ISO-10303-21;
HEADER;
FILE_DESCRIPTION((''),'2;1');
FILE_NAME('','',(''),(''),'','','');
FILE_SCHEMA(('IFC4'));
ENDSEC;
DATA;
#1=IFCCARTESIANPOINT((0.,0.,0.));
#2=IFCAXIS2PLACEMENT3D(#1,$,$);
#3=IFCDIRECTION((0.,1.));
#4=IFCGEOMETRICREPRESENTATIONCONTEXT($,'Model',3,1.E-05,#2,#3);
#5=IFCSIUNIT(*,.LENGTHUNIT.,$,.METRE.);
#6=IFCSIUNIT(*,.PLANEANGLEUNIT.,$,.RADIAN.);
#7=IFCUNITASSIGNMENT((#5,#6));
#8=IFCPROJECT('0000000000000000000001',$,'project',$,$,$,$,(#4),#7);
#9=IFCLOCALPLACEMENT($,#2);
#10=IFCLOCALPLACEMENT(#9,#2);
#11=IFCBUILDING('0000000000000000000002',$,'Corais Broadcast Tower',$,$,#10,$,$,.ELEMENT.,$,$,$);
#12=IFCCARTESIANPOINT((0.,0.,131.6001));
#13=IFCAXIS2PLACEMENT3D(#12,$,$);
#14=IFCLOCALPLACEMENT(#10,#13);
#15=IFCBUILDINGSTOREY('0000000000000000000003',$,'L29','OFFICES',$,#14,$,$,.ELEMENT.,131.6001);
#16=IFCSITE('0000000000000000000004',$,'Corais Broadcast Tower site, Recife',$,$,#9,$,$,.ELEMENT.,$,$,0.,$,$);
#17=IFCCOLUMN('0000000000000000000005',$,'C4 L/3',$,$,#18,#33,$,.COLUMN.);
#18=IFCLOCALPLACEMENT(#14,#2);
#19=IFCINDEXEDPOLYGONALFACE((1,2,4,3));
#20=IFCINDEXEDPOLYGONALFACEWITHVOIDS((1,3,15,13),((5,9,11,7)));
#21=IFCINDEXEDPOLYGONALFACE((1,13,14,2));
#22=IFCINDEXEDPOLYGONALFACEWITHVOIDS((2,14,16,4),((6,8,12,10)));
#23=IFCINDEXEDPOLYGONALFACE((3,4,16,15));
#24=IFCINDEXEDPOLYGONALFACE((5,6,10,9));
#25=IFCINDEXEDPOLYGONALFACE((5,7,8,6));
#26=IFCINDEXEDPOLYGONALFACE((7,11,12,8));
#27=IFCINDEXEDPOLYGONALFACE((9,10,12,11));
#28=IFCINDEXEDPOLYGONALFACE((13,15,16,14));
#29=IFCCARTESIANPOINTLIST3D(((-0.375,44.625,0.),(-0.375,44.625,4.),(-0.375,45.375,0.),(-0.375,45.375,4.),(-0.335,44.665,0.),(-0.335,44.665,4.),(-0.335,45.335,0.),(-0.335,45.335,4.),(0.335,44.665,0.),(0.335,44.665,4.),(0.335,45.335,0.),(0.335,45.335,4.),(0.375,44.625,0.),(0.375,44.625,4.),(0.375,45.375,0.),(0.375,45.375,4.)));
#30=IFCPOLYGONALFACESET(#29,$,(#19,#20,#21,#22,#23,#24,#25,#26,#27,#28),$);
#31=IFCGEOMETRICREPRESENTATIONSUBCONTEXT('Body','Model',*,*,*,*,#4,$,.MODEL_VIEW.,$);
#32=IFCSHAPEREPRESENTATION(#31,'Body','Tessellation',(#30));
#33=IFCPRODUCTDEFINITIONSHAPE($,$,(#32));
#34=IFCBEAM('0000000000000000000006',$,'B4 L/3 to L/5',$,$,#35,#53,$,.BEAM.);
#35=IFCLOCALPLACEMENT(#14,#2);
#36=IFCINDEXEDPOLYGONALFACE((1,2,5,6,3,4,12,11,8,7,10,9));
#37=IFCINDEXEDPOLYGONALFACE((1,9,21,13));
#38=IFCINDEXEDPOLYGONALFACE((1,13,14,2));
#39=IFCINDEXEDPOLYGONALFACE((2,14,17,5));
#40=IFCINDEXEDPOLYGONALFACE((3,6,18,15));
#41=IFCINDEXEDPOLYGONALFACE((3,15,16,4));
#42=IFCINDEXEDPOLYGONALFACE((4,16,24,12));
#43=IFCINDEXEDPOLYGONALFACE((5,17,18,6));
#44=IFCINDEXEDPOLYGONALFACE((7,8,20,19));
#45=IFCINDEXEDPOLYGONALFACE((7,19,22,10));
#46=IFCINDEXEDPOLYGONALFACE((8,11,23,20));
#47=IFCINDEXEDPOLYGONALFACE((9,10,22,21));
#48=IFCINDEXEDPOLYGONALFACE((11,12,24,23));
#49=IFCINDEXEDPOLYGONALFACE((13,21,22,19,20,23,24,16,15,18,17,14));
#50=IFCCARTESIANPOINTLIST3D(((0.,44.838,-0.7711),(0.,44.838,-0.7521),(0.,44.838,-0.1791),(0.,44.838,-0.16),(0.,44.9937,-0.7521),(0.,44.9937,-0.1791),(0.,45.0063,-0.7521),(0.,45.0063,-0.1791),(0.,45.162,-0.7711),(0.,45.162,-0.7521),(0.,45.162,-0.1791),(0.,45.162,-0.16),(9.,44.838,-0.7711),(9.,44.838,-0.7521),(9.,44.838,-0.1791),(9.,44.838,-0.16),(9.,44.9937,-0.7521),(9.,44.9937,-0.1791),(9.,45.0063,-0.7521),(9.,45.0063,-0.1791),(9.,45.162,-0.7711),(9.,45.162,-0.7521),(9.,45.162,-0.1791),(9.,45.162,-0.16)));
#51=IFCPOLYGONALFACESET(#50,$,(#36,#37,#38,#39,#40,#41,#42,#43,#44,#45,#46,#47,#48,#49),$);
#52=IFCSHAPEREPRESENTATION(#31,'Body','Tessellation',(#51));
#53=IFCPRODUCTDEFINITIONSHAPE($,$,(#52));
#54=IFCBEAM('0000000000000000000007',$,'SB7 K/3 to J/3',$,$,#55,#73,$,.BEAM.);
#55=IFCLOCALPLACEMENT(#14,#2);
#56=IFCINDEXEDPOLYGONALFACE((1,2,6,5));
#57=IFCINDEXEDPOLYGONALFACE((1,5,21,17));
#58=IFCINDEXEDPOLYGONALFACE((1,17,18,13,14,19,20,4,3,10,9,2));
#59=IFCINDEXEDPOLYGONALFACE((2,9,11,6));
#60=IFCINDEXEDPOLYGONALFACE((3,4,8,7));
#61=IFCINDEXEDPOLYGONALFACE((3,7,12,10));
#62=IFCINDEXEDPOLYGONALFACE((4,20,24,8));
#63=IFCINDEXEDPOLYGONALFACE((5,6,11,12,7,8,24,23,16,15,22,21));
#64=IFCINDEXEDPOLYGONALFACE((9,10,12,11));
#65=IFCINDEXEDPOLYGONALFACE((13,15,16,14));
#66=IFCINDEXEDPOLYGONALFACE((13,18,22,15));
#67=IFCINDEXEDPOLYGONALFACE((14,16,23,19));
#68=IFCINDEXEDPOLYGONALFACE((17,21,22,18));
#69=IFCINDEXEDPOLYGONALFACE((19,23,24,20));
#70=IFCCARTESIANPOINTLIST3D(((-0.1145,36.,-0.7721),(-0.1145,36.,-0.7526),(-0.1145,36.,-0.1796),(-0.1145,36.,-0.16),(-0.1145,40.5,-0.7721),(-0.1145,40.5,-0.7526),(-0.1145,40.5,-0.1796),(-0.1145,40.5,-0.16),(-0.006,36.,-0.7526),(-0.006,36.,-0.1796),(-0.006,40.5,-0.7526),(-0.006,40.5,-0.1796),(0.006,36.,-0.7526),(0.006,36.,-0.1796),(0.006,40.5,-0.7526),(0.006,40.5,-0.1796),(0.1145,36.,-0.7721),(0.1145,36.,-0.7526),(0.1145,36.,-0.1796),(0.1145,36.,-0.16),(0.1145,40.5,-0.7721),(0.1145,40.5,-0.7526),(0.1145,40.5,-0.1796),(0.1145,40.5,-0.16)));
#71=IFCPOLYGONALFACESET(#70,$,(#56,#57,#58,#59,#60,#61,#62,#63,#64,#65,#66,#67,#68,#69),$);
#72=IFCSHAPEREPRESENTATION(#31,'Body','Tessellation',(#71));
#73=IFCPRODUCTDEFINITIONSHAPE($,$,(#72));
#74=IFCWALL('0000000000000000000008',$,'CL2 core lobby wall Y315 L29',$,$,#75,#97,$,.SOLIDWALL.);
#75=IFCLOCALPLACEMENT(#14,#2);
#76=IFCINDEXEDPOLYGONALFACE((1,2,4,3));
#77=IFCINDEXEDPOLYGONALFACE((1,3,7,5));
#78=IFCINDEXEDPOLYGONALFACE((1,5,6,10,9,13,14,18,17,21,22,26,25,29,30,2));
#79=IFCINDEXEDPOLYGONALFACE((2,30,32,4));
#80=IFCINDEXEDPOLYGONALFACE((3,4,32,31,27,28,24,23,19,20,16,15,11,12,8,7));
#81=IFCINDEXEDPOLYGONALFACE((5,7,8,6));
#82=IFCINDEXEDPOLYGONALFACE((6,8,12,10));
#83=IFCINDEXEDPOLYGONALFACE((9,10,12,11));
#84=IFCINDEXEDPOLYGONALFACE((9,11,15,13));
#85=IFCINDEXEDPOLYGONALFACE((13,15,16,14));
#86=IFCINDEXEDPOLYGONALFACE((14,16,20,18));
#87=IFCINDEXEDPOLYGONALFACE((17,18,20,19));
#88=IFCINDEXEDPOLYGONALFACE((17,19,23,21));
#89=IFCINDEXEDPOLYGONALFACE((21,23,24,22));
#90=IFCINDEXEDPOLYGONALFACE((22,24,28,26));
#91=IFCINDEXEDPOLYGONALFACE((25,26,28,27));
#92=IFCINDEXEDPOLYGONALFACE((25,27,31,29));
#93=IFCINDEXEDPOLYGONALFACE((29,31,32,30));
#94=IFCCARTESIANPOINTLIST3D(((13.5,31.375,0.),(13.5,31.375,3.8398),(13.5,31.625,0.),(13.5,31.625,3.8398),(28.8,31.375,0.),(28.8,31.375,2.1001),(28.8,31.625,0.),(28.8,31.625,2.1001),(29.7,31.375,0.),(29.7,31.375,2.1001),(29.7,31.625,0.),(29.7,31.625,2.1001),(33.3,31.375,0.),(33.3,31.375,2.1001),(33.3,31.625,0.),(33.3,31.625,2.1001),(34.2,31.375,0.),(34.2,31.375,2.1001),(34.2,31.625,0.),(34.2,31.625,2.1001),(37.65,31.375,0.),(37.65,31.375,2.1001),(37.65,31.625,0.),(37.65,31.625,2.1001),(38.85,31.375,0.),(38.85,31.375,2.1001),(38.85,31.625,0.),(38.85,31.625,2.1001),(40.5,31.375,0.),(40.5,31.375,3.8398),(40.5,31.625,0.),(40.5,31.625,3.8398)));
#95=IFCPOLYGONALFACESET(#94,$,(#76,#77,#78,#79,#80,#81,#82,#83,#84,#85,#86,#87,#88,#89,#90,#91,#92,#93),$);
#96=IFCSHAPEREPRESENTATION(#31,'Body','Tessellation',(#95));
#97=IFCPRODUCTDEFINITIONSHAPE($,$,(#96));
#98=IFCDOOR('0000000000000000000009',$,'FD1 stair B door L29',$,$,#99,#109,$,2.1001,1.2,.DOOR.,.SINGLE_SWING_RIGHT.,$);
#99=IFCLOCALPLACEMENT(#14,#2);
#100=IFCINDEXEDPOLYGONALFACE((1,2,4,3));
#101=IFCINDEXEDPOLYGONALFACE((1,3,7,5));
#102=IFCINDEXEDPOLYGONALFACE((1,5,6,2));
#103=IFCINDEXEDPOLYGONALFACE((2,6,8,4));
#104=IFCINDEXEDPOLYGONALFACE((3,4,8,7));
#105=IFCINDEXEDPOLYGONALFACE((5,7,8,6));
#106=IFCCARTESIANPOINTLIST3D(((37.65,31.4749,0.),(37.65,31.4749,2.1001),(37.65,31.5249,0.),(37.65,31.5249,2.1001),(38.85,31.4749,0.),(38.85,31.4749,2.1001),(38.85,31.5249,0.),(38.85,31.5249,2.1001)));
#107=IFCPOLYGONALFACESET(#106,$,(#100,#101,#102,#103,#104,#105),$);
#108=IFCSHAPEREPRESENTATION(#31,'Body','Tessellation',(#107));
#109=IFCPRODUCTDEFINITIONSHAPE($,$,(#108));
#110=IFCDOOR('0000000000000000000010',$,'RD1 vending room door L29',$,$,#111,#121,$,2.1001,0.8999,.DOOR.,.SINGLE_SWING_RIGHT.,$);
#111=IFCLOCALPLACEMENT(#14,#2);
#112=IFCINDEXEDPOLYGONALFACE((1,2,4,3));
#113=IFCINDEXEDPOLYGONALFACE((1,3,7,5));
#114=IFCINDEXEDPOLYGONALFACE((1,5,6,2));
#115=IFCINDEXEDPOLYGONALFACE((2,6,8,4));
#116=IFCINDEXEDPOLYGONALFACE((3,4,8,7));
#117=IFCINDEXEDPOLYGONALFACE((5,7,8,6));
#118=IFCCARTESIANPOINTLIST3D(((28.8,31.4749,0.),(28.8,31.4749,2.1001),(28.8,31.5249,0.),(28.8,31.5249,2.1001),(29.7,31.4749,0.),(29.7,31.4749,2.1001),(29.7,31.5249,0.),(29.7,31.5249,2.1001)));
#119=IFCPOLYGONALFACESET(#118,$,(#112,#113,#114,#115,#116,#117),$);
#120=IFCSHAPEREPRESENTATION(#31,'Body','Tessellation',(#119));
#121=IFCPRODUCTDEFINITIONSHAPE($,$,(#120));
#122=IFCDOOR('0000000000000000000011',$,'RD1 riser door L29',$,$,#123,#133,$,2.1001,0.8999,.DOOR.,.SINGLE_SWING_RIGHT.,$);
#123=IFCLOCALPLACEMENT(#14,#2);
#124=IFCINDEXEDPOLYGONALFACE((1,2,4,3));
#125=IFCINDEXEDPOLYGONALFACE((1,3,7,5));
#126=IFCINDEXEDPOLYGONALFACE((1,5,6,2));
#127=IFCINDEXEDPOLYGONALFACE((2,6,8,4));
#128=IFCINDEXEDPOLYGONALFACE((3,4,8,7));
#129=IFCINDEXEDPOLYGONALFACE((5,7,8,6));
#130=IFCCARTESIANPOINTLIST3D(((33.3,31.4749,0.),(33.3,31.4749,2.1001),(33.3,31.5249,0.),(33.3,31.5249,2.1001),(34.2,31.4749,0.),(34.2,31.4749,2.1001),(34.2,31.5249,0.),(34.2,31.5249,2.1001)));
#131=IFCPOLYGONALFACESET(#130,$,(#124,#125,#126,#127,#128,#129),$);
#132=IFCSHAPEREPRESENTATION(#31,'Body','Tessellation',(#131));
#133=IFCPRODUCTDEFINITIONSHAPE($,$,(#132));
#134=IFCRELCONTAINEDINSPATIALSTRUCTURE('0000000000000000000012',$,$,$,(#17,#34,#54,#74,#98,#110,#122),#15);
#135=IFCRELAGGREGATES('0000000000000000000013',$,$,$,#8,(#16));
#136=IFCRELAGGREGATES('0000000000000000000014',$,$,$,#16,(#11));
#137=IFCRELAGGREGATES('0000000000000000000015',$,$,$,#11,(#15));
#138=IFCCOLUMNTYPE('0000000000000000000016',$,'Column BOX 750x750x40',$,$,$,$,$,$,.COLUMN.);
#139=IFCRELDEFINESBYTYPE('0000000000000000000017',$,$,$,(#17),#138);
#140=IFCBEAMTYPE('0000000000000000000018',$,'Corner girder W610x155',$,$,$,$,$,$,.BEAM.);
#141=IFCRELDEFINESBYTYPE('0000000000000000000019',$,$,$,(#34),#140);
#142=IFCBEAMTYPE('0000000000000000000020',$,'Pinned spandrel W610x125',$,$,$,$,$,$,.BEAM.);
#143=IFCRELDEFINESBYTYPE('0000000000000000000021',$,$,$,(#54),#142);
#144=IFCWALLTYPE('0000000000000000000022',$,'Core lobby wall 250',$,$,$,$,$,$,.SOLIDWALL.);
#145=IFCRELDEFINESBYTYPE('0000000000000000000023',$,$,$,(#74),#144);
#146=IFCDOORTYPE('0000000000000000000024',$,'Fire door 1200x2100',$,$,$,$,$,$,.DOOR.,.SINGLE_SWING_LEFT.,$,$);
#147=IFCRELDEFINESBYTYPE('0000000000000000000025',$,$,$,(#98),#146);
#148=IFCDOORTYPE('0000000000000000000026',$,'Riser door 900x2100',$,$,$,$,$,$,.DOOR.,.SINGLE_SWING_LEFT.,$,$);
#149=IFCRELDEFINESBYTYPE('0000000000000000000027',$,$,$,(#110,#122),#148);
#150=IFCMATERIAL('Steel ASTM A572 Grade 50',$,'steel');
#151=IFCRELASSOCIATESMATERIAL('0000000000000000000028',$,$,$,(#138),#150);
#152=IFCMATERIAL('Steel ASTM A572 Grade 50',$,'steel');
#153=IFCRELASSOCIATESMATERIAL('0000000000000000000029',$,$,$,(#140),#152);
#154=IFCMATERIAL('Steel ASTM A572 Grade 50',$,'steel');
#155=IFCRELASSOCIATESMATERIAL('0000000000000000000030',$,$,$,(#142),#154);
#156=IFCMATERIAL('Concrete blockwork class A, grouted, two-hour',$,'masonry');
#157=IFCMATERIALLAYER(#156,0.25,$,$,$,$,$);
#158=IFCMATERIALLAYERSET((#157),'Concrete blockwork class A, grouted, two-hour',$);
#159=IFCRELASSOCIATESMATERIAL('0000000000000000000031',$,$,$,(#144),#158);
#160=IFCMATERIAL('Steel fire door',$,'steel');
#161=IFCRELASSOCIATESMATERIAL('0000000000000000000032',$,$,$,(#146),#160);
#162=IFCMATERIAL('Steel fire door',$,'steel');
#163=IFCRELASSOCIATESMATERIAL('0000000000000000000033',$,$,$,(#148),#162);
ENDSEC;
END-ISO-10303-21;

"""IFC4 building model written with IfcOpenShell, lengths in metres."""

from ifc_helpers import new_model, si_unit, direction, frame, frame_2d, origin, origin_2d, place, context, subcontext, project, spatial, rectangle, hollow_rectangle, i_section, extrude, material, layer, layer_set, material_profile, profile_set, type_object, element, fill, save


model = new_model("IFC4")

# Units and contexts
model_context = context("Model", 3, precision=1e-05, world=origin(), true_north=direction((0.0, 1.0)))
body_context = subcontext(model_context, "Body", "Model", "MODEL_VIEW")
ifc_project = project(units=[si_unit("LENGTHUNIT", "METRE"), si_unit("PLANEANGLEUNIT", "RADIAN")], contexts=[model_context])

# Site, building, storey
site_placement = place(None, origin())
site = spatial("IfcSite", under=ifc_project, at=site_placement, Name="Corais Broadcast Tower site, Recife", CompositionType="ELEMENT", RefElevation=0.0)
building_placement = place(site_placement, origin())
building = spatial("IfcBuilding", under=site, at=building_placement, Name="Corais Broadcast Tower", CompositionType="ELEMENT")
storey_placement = place(building_placement, frame((0.0, 0.0, 131.6001)))
storey = spatial("IfcBuildingStorey", under=building, at=storey_placement, Name="L29", Description="OFFICES", CompositionType="ELEMENT", Elevation=131.6001)

# Column
ifc_material_1 = material(Name="Steel ASTM A572 Grade 50", Category="steel")
ifc_material_profile_1 = material_profile(ifc_material_1, hollow_rectangle(XDim=0.75, YDim=0.75, WallThickness=0.04, at=origin_2d()), Name="BOX 750x750x40")
ifc_profile_set_1 = profile_set([ifc_material_profile_1], Name="Steel ASTM A572 Grade 50")
column_type = type_object("IfcColumnType", Name="Column BOX 750x750x40", PredefinedType="COLUMN", material=ifc_profile_set_1)
column_placement = place(storey_placement, frame((0.0, 45.0, 0.0), z_axis=(0.0, 0.0, 1.0), x_axis=(1.0, 0.0, 0.0)))
element("IfcColumn", 1, at=column_placement, inside=storey, type_object=column_type, Name="C4 L/3", PredefinedType="COLUMN", context=body_context, shape_type="SweptSolid", body=[
    extrude(hollow_rectangle(XDim=0.75, YDim=0.75, WallThickness=0.04, at=origin_2d()), origin(), (0.0, 0.0, 1.0), 4.0),
])

# Beams
ifc_material_2 = material(Name="Steel ASTM A572 Grade 50", Category="steel")
ifc_material_profile_2 = material_profile(ifc_material_2, i_section(OverallWidth=0.324, OverallDepth=0.6111, WebThickness=0.0127, FlangeThickness=0.019, at=origin_2d()), Name="W610x155")
ifc_profile_set_2 = profile_set([ifc_material_profile_2], Name="Steel ASTM A572 Grade 50")
beam_type_1 = type_object("IfcBeamType", Name="Corner girder W610x155", PredefinedType="BEAM", material=ifc_profile_set_2)
beam_1_placement = place(storey_placement, frame((0.0, 45.0, -0.4656), z_axis=(1.0, 0.0, 0.0), x_axis=(0.0, 1.0, 0.0)))
element("IfcBeam", 2, at=beam_1_placement, inside=storey, type_object=beam_type_1, Name="B4 L/3 to L/5", PredefinedType="BEAM", context=body_context, shape_type="SweptSolid", body=[
    extrude(i_section(OverallWidth=0.324, OverallDepth=0.6111, WebThickness=0.0127, FlangeThickness=0.019, at=origin_2d()), origin(), (0.0, 0.0, 1.0), 9.0),
])
ifc_material_3 = material(Name="Steel ASTM A572 Grade 50", Category="steel")
ifc_material_profile_3 = material_profile(ifc_material_3, i_section(OverallWidth=0.229, OverallDepth=0.6121, WebThickness=0.012, FlangeThickness=0.0195, at=origin_2d()), Name="W610x125")
ifc_profile_set_3 = profile_set([ifc_material_profile_3], Name="Steel ASTM A572 Grade 50")
beam_type_2 = type_object("IfcBeamType", Name="Pinned spandrel W610x125", PredefinedType="BEAM", material=ifc_profile_set_3)
beam_2_placement = place(storey_placement, frame((0.0, 40.5, -0.4661), z_axis=(0.0, -1.0, 0.0), x_axis=(1.0, 0.0, 0.0)))
element("IfcBeam", 3, at=beam_2_placement, inside=storey, type_object=beam_type_2, Name="SB7 K/3 to J/3", PredefinedType="BEAM", context=body_context, shape_type="SweptSolid", body=[
    extrude(i_section(OverallWidth=0.229, OverallDepth=0.6121, WebThickness=0.012, FlangeThickness=0.0195, at=origin_2d()), origin(), (0.0, 0.0, 1.0), 4.5),
])

# Wall, openings, doors
ifc_material_4 = material(Name="Concrete blockwork class A, grouted, two-hour", Category="masonry")
ifc_layer_1 = layer(ifc_material_4, 0.25)
ifc_layer_set_1 = layer_set([ifc_layer_1], Name="Concrete blockwork class A, grouted, two-hour")
wall_type_1 = type_object("IfcWallType", Name="Core lobby wall 250", PredefinedType="SOLIDWALL", material=ifc_layer_set_1)
wall_1_placement = place(storey_placement, frame((13.5, 31.5, 0.0), z_axis=(0.0, 0.0, 1.0), x_axis=(1.0, 0.0, 0.0)))
wall_1 = element("IfcWall", 4, at=wall_1_placement, inside=storey, type_object=wall_type_1, Name="CL2 core lobby wall Y315 L29", PredefinedType="SOLIDWALL", context=body_context, shape_type="SweptSolid", body=[
    extrude(rectangle(XDim=27.0, YDim=0.25, at=frame_2d((13.5, 0.0))), origin(), (0.0, 0.0, 1.0), 3.8398),
])
opening_1_placement = place(wall_1_placement, frame((24.1499, 0.0, 0.0)))
opening_1 = element("IfcOpeningElement", 5, at=opening_1_placement, cuts=wall_1, PredefinedType="OPENING", context=body_context, shape_type="SweptSolid", body=[
    extrude(rectangle(XDim=1.2, YDim=2.1001, at=frame_2d((0.6001, 1.05))), frame((0.0, 0.135, 0.0), z_axis=(0.0, -1.0, 0.0), x_axis=(1.0, 0.0, 0.0)), (0.0, 0.0, 1.0), 0.27),
])
opening_2_placement = place(wall_1_placement, frame((15.3, 0.0, 0.0)))
opening_2 = element("IfcOpeningElement", 6, at=opening_2_placement, cuts=wall_1, PredefinedType="OPENING", context=body_context, shape_type="SweptSolid", body=[
    extrude(rectangle(XDim=0.8999, YDim=2.1001, at=frame_2d((0.45, 1.05))), frame((0.0, 0.135, 0.0), z_axis=(0.0, -1.0, 0.0), x_axis=(1.0, 0.0, 0.0)), (0.0, 0.0, 1.0), 0.27),
])
opening_3_placement = place(wall_1_placement, frame((19.8, 0.0, 0.0)))
opening_3 = element("IfcOpeningElement", 7, at=opening_3_placement, cuts=wall_1, PredefinedType="OPENING", context=body_context, shape_type="SweptSolid", body=[
    extrude(rectangle(XDim=0.8999, YDim=2.1001, at=frame_2d((0.45, 1.05))), frame((0.0, 0.135, 0.0), z_axis=(0.0, -1.0, 0.0), x_axis=(1.0, 0.0, 0.0)), (0.0, 0.0, 1.0), 0.27),
])
ifc_material_5 = material(Name="Steel fire door", Category="steel")
door_type_1 = type_object("IfcDoorType", Name="Fire door 1200x2100", OperationType="SINGLE_SWING_LEFT", PredefinedType="DOOR", material=ifc_material_5)
door_1_placement = place(opening_1_placement, origin())
door_1 = element("IfcDoor", 8, at=door_1_placement, inside=storey, type_object=door_type_1, Name="FD1 stair B door L29", OperationType="SINGLE_SWING_RIGHT", OverallHeight=2.1001, OverallWidth=1.2, PredefinedType="DOOR", context=body_context, shape_type="SweptSolid", body=[
    extrude(rectangle(XDim=1.2, YDim=2.1001, at=frame_2d((0.6001, 1.05))), frame((0.0, 0.0249, 0.0), z_axis=(0.0, -1.0, 0.0), x_axis=(1.0, 0.0, 0.0)), (0.0, 0.0, 1.0), 0.05),
])
fill(opening_1, door_1)
ifc_material_6 = material(Name="Steel fire door", Category="steel")
door_type_2 = type_object("IfcDoorType", Name="Riser door 900x2100", OperationType="SINGLE_SWING_LEFT", PredefinedType="DOOR", material=ifc_material_6)
door_2_placement = place(opening_2_placement, origin())
door_2 = element("IfcDoor", 9, at=door_2_placement, inside=storey, type_object=door_type_2, Name="RD1 vending room door L29", OperationType="SINGLE_SWING_RIGHT", OverallHeight=2.1001, OverallWidth=0.8999, PredefinedType="DOOR", context=body_context, shape_type="SweptSolid", body=[
    extrude(rectangle(XDim=0.8999, YDim=2.1001, at=frame_2d((0.45, 1.05))), frame((0.0, 0.0249, 0.0), z_axis=(0.0, -1.0, 0.0), x_axis=(1.0, 0.0, 0.0)), (0.0, 0.0, 1.0), 0.05),
])
fill(opening_2, door_2)
door_3_placement = place(opening_3_placement, origin())
door_3 = element("IfcDoor", 10, at=door_3_placement, inside=storey, type_object=door_type_2, Name="RD1 riser door L29", OperationType="SINGLE_SWING_RIGHT", OverallHeight=2.1001, OverallWidth=0.8999, PredefinedType="DOOR", context=body_context, shape_type="SweptSolid", body=[
    extrude(rectangle(XDim=0.8999, YDim=2.1001, at=frame_2d((0.45, 1.05))), frame((0.0, 0.0249, 0.0), z_axis=(0.0, -1.0, 0.0), x_axis=(1.0, 0.0, 0.0)), (0.0, 0.0, 1.0), 0.05),
])
fill(opening_3, door_3)

save(model, "model.ifc")
